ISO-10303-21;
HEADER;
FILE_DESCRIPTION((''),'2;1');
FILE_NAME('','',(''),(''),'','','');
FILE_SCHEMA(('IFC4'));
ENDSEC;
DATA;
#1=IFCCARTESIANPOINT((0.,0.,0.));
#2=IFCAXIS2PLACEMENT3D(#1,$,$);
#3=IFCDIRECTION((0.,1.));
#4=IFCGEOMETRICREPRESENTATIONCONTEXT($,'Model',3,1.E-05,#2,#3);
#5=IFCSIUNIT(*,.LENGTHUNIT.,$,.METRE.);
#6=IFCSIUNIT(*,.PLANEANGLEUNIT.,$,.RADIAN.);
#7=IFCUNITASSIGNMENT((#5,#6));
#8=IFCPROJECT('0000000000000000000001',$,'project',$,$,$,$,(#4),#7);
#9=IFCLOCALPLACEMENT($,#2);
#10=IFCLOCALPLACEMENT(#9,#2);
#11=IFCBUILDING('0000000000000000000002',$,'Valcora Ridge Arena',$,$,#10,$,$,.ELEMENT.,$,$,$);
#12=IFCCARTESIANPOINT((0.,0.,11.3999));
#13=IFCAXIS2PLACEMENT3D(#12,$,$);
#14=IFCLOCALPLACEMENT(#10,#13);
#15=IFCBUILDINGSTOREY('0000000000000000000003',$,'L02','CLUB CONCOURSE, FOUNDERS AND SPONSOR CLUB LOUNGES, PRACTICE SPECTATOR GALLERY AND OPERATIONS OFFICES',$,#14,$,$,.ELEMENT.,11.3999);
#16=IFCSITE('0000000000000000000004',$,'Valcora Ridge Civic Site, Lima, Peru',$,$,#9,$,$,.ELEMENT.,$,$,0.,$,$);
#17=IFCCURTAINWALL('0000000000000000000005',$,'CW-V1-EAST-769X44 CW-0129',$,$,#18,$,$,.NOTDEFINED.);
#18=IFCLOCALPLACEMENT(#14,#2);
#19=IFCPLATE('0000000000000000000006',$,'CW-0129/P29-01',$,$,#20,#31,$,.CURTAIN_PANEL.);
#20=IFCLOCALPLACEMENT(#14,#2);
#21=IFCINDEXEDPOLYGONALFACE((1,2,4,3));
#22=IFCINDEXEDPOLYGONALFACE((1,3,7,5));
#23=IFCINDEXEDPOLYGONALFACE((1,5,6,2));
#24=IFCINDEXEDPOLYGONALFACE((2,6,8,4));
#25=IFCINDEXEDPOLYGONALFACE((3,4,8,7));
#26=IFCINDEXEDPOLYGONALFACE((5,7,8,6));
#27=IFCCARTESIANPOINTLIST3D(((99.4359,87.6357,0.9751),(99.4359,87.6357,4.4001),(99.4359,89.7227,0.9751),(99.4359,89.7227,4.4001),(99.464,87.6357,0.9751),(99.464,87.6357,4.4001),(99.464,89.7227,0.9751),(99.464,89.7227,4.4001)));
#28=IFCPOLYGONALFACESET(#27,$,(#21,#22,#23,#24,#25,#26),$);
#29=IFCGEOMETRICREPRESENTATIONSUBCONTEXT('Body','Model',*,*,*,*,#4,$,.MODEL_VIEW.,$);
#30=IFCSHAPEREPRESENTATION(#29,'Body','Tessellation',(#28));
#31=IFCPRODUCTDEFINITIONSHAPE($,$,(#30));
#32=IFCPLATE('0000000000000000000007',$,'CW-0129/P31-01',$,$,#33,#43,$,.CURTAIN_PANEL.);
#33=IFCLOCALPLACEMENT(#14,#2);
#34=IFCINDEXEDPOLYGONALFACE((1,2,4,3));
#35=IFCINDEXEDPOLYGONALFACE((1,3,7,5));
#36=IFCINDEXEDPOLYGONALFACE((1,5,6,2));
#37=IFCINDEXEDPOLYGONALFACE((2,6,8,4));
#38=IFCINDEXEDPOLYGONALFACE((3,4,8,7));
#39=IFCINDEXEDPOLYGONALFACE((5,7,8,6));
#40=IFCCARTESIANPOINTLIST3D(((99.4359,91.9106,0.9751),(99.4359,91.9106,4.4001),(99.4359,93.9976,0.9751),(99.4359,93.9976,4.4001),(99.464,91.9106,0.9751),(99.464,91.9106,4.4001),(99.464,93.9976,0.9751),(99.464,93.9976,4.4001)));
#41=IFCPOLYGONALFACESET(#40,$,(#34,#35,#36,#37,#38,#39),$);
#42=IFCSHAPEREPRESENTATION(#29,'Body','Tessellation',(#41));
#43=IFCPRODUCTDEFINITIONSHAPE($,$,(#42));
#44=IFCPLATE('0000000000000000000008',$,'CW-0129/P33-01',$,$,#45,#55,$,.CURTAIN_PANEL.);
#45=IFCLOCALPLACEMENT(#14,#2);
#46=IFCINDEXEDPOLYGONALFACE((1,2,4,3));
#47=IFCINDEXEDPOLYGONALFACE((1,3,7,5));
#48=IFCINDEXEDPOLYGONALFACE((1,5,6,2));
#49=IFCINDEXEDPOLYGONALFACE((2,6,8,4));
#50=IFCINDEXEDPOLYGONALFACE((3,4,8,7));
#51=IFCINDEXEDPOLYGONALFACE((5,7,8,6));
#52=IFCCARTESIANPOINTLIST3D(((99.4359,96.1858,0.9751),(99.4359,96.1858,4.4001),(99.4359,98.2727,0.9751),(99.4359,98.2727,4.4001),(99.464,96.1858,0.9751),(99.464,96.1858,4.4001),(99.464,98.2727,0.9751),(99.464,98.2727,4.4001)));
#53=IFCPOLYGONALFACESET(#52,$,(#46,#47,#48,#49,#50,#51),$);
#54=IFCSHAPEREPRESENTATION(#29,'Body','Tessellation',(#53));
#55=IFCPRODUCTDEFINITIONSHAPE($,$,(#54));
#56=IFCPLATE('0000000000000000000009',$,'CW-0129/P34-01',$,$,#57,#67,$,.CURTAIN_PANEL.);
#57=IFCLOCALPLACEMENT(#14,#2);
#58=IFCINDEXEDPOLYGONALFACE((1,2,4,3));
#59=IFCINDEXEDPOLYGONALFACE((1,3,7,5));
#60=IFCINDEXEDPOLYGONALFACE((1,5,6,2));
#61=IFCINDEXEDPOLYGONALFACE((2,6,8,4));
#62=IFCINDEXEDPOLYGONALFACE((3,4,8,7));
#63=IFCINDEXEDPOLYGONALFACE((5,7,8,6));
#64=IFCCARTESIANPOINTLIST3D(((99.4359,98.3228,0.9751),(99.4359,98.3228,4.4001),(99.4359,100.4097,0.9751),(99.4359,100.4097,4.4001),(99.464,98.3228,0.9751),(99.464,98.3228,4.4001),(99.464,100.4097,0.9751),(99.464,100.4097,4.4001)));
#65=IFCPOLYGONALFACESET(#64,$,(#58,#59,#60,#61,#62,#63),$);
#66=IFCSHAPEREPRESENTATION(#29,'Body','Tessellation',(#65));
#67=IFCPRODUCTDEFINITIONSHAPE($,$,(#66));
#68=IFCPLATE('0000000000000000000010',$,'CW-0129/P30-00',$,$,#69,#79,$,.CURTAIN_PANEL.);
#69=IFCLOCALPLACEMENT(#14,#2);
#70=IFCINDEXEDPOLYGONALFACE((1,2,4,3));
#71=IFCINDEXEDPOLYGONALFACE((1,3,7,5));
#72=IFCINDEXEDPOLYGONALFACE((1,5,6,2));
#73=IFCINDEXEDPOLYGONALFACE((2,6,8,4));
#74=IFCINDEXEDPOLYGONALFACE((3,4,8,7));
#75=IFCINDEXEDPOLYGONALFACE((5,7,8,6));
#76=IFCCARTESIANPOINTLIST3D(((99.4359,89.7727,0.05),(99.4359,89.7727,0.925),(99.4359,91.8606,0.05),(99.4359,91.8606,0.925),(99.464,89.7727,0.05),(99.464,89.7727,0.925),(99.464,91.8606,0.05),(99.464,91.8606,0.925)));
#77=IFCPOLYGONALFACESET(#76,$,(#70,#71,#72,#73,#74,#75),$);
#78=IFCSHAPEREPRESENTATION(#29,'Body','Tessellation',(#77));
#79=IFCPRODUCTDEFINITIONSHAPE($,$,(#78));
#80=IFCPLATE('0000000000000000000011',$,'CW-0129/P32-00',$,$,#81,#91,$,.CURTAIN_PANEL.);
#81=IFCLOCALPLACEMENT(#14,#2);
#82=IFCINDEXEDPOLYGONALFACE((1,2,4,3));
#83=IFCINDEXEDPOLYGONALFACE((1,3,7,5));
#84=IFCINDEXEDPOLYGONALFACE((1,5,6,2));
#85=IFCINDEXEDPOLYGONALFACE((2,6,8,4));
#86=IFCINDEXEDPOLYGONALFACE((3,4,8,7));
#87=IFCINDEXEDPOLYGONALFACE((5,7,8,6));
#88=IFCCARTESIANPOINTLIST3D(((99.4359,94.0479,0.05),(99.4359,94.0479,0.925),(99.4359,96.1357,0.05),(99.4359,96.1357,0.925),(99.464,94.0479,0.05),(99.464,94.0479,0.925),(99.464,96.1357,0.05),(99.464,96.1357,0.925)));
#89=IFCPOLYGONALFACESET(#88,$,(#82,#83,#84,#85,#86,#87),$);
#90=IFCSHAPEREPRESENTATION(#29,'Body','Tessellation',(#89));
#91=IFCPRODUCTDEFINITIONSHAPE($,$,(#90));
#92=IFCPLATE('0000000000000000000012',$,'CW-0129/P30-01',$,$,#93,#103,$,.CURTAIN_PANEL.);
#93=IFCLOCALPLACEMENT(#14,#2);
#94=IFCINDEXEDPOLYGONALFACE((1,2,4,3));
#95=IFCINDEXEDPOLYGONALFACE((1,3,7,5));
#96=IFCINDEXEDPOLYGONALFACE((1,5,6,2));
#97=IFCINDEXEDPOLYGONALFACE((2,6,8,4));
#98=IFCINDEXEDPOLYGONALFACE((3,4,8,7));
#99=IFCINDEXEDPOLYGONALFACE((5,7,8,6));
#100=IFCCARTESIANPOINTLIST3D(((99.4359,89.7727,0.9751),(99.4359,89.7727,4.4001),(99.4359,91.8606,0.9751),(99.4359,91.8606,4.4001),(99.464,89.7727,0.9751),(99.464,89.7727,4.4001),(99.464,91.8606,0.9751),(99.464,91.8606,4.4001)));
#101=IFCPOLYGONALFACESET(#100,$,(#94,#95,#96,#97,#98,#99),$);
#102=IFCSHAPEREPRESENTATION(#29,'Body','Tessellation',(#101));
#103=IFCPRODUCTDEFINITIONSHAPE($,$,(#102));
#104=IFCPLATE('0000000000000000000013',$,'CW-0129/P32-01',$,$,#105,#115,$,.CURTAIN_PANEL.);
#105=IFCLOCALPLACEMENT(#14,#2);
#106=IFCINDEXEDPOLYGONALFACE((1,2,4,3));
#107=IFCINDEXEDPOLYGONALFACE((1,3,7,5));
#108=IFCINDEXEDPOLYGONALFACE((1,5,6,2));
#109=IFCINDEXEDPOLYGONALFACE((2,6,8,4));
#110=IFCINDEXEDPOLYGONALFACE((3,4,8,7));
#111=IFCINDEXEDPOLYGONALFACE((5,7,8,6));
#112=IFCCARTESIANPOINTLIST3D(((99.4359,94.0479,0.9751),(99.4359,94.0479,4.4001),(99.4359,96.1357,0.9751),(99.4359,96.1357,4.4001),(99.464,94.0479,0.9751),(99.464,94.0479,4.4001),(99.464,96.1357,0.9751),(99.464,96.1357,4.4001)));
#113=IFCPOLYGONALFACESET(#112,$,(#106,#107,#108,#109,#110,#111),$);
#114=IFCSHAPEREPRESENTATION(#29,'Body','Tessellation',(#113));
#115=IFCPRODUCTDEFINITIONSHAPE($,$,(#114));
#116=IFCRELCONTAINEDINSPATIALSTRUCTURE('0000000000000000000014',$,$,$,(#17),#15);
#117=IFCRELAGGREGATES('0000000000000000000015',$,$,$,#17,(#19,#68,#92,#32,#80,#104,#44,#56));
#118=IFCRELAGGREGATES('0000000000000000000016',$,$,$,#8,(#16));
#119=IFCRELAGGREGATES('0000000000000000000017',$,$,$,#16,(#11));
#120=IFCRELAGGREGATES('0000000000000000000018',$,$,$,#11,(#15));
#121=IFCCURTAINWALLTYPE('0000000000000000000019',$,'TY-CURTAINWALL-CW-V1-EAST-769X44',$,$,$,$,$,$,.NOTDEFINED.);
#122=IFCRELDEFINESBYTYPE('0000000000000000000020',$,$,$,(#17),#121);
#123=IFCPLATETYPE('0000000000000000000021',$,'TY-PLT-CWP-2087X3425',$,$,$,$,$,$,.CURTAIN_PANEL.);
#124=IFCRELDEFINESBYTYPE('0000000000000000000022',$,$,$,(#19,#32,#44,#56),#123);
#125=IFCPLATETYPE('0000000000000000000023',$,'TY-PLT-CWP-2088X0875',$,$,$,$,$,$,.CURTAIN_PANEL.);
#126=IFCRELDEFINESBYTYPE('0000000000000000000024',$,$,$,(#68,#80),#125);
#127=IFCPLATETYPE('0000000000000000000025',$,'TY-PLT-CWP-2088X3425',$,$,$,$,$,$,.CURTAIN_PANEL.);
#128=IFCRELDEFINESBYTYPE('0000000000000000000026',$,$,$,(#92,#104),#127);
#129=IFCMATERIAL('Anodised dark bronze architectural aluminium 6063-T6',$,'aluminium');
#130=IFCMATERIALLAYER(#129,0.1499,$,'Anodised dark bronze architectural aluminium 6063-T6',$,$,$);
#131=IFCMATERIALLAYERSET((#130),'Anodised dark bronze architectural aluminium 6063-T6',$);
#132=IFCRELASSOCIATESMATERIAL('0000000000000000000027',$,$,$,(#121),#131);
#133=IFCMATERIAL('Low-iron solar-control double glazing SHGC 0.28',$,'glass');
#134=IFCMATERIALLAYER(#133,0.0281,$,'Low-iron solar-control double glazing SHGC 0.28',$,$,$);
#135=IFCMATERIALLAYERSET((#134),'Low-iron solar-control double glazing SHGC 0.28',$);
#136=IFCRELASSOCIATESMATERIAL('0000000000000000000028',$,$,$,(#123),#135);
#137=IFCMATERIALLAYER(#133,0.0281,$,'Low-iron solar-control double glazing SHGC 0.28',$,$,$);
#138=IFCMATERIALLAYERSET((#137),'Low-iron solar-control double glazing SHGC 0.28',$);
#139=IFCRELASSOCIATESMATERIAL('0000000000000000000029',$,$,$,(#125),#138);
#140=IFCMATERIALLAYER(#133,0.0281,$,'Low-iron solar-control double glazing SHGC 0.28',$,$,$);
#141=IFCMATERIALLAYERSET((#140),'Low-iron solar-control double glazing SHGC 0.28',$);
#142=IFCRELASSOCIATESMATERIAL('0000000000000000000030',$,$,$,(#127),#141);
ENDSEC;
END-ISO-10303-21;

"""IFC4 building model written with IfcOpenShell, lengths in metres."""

from ifc_helpers import new_model, si_unit, direction, frame, origin, origin_2d, place, context, subcontext, project, spatial, rectangle, extrude, material, layer, layer_set, type_object, element, aggregate, save


model = new_model("IFC4")

# Units and contexts
model_context = context("Model", 3, precision=1e-05, world=origin(), true_north=direction((0.0, 1.0)))
body_context = subcontext(model_context, "Body", "Model", "MODEL_VIEW")
ifc_project = project(units=[si_unit("LENGTHUNIT", "METRE"), si_unit("PLANEANGLEUNIT", "RADIAN")], contexts=[model_context])

# Site, building, storey
site_placement = place(None, origin())
site = spatial("IfcSite", under=ifc_project, at=site_placement, Name="Valcora Ridge Civic Site, Lima, Peru", CompositionType="ELEMENT", RefElevation=0.0)
building_placement = place(site_placement, origin())
building = spatial("IfcBuilding", under=site, at=building_placement, Name="Valcora Ridge Arena", CompositionType="ELEMENT")
storey_placement = place(building_placement, frame((0.0, 0.0, 11.3999)))
storey = spatial("IfcBuildingStorey", under=building, at=storey_placement, Name="L02", Description="CLUB CONCOURSE, FOUNDERS AND SPONSOR CLUB LOUNGES, PRACTICE SPECTATOR GALLERY AND OPERATIONS OFFICES", CompositionType="ELEMENT", Elevation=11.3999)

# Curtain wall, plates
ifc_material_1 = material(Name="Anodised dark bronze architectural aluminium 6063-T6", Category="aluminium")
ifc_layer_1 = layer(ifc_material_1, 0.1499, Name="Anodised dark bronze architectural aluminium 6063-T6")
ifc_layer_set_1 = layer_set([ifc_layer_1], Name="Anodised dark bronze architectural aluminium 6063-T6")
curtain_wall_type = type_object("IfcCurtainWallType", Name="TY-CURTAINWALL-CW-V1-EAST-769X44", PredefinedType="NOTDEFINED", material=ifc_layer_set_1)
curtain_wall_placement = place(storey_placement, origin())
curtain_wall = element("IfcCurtainWall", 1, at=curtain_wall_placement, inside=storey, type_object=curtain_wall_type, Name="CW-V1-EAST-769X44 CW-0129", PredefinedType="NOTDEFINED")
ifc_material_2 = material(Name="Low-iron solar-control double glazing SHGC 0.28", Category="glass")
ifc_layer_2 = layer(ifc_material_2, 0.0281, Name="Low-iron solar-control double glazing SHGC 0.28")
ifc_layer_set_2 = layer_set([ifc_layer_2], Name="Low-iron solar-control double glazing SHGC 0.28")
plate_type_1 = type_object("IfcPlateType", Name="TY-PLT-CWP-2087X3425", PredefinedType="CURTAIN_PANEL", material=ifc_layer_set_2)
plate_1_placement = place(storey_placement, frame((99.45, 88.6792, 0.9751), z_axis=(0.0, 0.0, 1.0), x_axis=(0.0, 1.0, 0.0)))
plate_1 = element("IfcPlate", 2, at=plate_1_placement, type_object=plate_type_1, Name="CW-0129/P29-01", PredefinedType="CURTAIN_PANEL", context=body_context, shape_type="SweptSolid", body=[
    extrude(rectangle(XDim=2.0869, YDim=0.0281, at=origin_2d()), origin(), (0.0, 0.0, 1.0), 3.425),
])
plate_2_placement = place(storey_placement, frame((99.45, 92.9541, 0.9751), z_axis=(0.0, 0.0, 1.0), x_axis=(0.0, 1.0, 0.0)))
plate_2 = element("IfcPlate", 3, at=plate_2_placement, type_object=plate_type_1, Name="CW-0129/P31-01", PredefinedType="CURTAIN_PANEL", context=body_context, shape_type="SweptSolid", body=[
    extrude(rectangle(XDim=2.0869, YDim=0.0281, at=origin_2d()), origin(), (0.0, 0.0, 1.0), 3.425),
])
plate_3_placement = place(storey_placement, frame((99.45, 97.2292, 0.9751), z_axis=(0.0, 0.0, 1.0), x_axis=(0.0, 1.0, 0.0)))
plate_3 = element("IfcPlate", 4, at=plate_3_placement, type_object=plate_type_1, Name="CW-0129/P33-01", PredefinedType="CURTAIN_PANEL", context=body_context, shape_type="SweptSolid", body=[
    extrude(rectangle(XDim=2.0869, YDim=0.0281, at=origin_2d()), origin(), (0.0, 0.0, 1.0), 3.425),
])
plate_4_placement = place(storey_placement, frame((99.45, 99.3662, 0.9751), z_axis=(0.0, 0.0, 1.0), x_axis=(0.0, 1.0, 0.0)))
plate_4 = element("IfcPlate", 5, at=plate_4_placement, type_object=plate_type_1, Name="CW-0129/P34-01", PredefinedType="CURTAIN_PANEL", context=body_context, shape_type="SweptSolid", body=[
    extrude(rectangle(XDim=2.0869, YDim=0.0281, at=origin_2d()), origin(), (0.0, 0.0, 1.0), 3.425),
])
ifc_layer_3 = layer(ifc_material_2, 0.0281, Name="Low-iron solar-control double glazing SHGC 0.28")
ifc_layer_set_3 = layer_set([ifc_layer_3], Name="Low-iron solar-control double glazing SHGC 0.28")
plate_type_2 = type_object("IfcPlateType", Name="TY-PLT-CWP-2088X0875", PredefinedType="CURTAIN_PANEL", material=ifc_layer_set_3)
plate_5_placement = place(storey_placement, frame((99.45, 90.8167, 0.05), z_axis=(0.0, 0.0, 1.0), x_axis=(0.0, 1.0, 0.0)))
plate_5 = element("IfcPlate", 6, at=plate_5_placement, type_object=plate_type_2, Name="CW-0129/P30-00", PredefinedType="CURTAIN_PANEL", context=body_context, shape_type="SweptSolid", body=[
    extrude(rectangle(XDim=2.0879, YDim=0.0281, at=origin_2d()), origin(), (0.0, 0.0, 1.0), 0.875),
])
plate_6_placement = place(storey_placement, frame((99.45, 95.0918, 0.05), z_axis=(0.0, 0.0, 1.0), x_axis=(0.0, 1.0, 0.0)))
plate_6 = element("IfcPlate", 7, at=plate_6_placement, type_object=plate_type_2, Name="CW-0129/P32-00", PredefinedType="CURTAIN_PANEL", context=body_context, shape_type="SweptSolid", body=[
    extrude(rectangle(XDim=2.0879, YDim=0.0281, at=origin_2d()), origin(), (0.0, 0.0, 1.0), 0.875),
])
ifc_layer_4 = layer(ifc_material_2, 0.0281, Name="Low-iron solar-control double glazing SHGC 0.28")
ifc_layer_set_4 = layer_set([ifc_layer_4], Name="Low-iron solar-control double glazing SHGC 0.28")
plate_type_3 = type_object("IfcPlateType", Name="TY-PLT-CWP-2088X3425", PredefinedType="CURTAIN_PANEL", material=ifc_layer_set_4)
plate_7_placement = place(storey_placement, frame((99.45, 90.8167, 0.9751), z_axis=(0.0, 0.0, 1.0), x_axis=(0.0, 1.0, 0.0)))
plate_7 = element("IfcPlate", 8, at=plate_7_placement, type_object=plate_type_3, Name="CW-0129/P30-01", PredefinedType="CURTAIN_PANEL", context=body_context, shape_type="SweptSolid", body=[
    extrude(rectangle(XDim=2.0879, YDim=0.0281, at=origin_2d()), origin(), (0.0, 0.0, 1.0), 3.425),
])
plate_8_placement = place(storey_placement, frame((99.45, 95.0918, 0.9751), z_axis=(0.0, 0.0, 1.0), x_axis=(0.0, 1.0, 0.0)))
plate_8 = element("IfcPlate", 9, at=plate_8_placement, type_object=plate_type_3, Name="CW-0129/P32-01", PredefinedType="CURTAIN_PANEL", context=body_context, shape_type="SweptSolid", body=[
    extrude(rectangle(XDim=2.0879, YDim=0.0281, at=origin_2d()), origin(), (0.0, 0.0, 1.0), 3.425),
])
aggregate(curtain_wall, [plate_1, plate_5, plate_7, plate_2, plate_6, plate_8, plate_3, plate_4])

save(model, "model.ifc")
